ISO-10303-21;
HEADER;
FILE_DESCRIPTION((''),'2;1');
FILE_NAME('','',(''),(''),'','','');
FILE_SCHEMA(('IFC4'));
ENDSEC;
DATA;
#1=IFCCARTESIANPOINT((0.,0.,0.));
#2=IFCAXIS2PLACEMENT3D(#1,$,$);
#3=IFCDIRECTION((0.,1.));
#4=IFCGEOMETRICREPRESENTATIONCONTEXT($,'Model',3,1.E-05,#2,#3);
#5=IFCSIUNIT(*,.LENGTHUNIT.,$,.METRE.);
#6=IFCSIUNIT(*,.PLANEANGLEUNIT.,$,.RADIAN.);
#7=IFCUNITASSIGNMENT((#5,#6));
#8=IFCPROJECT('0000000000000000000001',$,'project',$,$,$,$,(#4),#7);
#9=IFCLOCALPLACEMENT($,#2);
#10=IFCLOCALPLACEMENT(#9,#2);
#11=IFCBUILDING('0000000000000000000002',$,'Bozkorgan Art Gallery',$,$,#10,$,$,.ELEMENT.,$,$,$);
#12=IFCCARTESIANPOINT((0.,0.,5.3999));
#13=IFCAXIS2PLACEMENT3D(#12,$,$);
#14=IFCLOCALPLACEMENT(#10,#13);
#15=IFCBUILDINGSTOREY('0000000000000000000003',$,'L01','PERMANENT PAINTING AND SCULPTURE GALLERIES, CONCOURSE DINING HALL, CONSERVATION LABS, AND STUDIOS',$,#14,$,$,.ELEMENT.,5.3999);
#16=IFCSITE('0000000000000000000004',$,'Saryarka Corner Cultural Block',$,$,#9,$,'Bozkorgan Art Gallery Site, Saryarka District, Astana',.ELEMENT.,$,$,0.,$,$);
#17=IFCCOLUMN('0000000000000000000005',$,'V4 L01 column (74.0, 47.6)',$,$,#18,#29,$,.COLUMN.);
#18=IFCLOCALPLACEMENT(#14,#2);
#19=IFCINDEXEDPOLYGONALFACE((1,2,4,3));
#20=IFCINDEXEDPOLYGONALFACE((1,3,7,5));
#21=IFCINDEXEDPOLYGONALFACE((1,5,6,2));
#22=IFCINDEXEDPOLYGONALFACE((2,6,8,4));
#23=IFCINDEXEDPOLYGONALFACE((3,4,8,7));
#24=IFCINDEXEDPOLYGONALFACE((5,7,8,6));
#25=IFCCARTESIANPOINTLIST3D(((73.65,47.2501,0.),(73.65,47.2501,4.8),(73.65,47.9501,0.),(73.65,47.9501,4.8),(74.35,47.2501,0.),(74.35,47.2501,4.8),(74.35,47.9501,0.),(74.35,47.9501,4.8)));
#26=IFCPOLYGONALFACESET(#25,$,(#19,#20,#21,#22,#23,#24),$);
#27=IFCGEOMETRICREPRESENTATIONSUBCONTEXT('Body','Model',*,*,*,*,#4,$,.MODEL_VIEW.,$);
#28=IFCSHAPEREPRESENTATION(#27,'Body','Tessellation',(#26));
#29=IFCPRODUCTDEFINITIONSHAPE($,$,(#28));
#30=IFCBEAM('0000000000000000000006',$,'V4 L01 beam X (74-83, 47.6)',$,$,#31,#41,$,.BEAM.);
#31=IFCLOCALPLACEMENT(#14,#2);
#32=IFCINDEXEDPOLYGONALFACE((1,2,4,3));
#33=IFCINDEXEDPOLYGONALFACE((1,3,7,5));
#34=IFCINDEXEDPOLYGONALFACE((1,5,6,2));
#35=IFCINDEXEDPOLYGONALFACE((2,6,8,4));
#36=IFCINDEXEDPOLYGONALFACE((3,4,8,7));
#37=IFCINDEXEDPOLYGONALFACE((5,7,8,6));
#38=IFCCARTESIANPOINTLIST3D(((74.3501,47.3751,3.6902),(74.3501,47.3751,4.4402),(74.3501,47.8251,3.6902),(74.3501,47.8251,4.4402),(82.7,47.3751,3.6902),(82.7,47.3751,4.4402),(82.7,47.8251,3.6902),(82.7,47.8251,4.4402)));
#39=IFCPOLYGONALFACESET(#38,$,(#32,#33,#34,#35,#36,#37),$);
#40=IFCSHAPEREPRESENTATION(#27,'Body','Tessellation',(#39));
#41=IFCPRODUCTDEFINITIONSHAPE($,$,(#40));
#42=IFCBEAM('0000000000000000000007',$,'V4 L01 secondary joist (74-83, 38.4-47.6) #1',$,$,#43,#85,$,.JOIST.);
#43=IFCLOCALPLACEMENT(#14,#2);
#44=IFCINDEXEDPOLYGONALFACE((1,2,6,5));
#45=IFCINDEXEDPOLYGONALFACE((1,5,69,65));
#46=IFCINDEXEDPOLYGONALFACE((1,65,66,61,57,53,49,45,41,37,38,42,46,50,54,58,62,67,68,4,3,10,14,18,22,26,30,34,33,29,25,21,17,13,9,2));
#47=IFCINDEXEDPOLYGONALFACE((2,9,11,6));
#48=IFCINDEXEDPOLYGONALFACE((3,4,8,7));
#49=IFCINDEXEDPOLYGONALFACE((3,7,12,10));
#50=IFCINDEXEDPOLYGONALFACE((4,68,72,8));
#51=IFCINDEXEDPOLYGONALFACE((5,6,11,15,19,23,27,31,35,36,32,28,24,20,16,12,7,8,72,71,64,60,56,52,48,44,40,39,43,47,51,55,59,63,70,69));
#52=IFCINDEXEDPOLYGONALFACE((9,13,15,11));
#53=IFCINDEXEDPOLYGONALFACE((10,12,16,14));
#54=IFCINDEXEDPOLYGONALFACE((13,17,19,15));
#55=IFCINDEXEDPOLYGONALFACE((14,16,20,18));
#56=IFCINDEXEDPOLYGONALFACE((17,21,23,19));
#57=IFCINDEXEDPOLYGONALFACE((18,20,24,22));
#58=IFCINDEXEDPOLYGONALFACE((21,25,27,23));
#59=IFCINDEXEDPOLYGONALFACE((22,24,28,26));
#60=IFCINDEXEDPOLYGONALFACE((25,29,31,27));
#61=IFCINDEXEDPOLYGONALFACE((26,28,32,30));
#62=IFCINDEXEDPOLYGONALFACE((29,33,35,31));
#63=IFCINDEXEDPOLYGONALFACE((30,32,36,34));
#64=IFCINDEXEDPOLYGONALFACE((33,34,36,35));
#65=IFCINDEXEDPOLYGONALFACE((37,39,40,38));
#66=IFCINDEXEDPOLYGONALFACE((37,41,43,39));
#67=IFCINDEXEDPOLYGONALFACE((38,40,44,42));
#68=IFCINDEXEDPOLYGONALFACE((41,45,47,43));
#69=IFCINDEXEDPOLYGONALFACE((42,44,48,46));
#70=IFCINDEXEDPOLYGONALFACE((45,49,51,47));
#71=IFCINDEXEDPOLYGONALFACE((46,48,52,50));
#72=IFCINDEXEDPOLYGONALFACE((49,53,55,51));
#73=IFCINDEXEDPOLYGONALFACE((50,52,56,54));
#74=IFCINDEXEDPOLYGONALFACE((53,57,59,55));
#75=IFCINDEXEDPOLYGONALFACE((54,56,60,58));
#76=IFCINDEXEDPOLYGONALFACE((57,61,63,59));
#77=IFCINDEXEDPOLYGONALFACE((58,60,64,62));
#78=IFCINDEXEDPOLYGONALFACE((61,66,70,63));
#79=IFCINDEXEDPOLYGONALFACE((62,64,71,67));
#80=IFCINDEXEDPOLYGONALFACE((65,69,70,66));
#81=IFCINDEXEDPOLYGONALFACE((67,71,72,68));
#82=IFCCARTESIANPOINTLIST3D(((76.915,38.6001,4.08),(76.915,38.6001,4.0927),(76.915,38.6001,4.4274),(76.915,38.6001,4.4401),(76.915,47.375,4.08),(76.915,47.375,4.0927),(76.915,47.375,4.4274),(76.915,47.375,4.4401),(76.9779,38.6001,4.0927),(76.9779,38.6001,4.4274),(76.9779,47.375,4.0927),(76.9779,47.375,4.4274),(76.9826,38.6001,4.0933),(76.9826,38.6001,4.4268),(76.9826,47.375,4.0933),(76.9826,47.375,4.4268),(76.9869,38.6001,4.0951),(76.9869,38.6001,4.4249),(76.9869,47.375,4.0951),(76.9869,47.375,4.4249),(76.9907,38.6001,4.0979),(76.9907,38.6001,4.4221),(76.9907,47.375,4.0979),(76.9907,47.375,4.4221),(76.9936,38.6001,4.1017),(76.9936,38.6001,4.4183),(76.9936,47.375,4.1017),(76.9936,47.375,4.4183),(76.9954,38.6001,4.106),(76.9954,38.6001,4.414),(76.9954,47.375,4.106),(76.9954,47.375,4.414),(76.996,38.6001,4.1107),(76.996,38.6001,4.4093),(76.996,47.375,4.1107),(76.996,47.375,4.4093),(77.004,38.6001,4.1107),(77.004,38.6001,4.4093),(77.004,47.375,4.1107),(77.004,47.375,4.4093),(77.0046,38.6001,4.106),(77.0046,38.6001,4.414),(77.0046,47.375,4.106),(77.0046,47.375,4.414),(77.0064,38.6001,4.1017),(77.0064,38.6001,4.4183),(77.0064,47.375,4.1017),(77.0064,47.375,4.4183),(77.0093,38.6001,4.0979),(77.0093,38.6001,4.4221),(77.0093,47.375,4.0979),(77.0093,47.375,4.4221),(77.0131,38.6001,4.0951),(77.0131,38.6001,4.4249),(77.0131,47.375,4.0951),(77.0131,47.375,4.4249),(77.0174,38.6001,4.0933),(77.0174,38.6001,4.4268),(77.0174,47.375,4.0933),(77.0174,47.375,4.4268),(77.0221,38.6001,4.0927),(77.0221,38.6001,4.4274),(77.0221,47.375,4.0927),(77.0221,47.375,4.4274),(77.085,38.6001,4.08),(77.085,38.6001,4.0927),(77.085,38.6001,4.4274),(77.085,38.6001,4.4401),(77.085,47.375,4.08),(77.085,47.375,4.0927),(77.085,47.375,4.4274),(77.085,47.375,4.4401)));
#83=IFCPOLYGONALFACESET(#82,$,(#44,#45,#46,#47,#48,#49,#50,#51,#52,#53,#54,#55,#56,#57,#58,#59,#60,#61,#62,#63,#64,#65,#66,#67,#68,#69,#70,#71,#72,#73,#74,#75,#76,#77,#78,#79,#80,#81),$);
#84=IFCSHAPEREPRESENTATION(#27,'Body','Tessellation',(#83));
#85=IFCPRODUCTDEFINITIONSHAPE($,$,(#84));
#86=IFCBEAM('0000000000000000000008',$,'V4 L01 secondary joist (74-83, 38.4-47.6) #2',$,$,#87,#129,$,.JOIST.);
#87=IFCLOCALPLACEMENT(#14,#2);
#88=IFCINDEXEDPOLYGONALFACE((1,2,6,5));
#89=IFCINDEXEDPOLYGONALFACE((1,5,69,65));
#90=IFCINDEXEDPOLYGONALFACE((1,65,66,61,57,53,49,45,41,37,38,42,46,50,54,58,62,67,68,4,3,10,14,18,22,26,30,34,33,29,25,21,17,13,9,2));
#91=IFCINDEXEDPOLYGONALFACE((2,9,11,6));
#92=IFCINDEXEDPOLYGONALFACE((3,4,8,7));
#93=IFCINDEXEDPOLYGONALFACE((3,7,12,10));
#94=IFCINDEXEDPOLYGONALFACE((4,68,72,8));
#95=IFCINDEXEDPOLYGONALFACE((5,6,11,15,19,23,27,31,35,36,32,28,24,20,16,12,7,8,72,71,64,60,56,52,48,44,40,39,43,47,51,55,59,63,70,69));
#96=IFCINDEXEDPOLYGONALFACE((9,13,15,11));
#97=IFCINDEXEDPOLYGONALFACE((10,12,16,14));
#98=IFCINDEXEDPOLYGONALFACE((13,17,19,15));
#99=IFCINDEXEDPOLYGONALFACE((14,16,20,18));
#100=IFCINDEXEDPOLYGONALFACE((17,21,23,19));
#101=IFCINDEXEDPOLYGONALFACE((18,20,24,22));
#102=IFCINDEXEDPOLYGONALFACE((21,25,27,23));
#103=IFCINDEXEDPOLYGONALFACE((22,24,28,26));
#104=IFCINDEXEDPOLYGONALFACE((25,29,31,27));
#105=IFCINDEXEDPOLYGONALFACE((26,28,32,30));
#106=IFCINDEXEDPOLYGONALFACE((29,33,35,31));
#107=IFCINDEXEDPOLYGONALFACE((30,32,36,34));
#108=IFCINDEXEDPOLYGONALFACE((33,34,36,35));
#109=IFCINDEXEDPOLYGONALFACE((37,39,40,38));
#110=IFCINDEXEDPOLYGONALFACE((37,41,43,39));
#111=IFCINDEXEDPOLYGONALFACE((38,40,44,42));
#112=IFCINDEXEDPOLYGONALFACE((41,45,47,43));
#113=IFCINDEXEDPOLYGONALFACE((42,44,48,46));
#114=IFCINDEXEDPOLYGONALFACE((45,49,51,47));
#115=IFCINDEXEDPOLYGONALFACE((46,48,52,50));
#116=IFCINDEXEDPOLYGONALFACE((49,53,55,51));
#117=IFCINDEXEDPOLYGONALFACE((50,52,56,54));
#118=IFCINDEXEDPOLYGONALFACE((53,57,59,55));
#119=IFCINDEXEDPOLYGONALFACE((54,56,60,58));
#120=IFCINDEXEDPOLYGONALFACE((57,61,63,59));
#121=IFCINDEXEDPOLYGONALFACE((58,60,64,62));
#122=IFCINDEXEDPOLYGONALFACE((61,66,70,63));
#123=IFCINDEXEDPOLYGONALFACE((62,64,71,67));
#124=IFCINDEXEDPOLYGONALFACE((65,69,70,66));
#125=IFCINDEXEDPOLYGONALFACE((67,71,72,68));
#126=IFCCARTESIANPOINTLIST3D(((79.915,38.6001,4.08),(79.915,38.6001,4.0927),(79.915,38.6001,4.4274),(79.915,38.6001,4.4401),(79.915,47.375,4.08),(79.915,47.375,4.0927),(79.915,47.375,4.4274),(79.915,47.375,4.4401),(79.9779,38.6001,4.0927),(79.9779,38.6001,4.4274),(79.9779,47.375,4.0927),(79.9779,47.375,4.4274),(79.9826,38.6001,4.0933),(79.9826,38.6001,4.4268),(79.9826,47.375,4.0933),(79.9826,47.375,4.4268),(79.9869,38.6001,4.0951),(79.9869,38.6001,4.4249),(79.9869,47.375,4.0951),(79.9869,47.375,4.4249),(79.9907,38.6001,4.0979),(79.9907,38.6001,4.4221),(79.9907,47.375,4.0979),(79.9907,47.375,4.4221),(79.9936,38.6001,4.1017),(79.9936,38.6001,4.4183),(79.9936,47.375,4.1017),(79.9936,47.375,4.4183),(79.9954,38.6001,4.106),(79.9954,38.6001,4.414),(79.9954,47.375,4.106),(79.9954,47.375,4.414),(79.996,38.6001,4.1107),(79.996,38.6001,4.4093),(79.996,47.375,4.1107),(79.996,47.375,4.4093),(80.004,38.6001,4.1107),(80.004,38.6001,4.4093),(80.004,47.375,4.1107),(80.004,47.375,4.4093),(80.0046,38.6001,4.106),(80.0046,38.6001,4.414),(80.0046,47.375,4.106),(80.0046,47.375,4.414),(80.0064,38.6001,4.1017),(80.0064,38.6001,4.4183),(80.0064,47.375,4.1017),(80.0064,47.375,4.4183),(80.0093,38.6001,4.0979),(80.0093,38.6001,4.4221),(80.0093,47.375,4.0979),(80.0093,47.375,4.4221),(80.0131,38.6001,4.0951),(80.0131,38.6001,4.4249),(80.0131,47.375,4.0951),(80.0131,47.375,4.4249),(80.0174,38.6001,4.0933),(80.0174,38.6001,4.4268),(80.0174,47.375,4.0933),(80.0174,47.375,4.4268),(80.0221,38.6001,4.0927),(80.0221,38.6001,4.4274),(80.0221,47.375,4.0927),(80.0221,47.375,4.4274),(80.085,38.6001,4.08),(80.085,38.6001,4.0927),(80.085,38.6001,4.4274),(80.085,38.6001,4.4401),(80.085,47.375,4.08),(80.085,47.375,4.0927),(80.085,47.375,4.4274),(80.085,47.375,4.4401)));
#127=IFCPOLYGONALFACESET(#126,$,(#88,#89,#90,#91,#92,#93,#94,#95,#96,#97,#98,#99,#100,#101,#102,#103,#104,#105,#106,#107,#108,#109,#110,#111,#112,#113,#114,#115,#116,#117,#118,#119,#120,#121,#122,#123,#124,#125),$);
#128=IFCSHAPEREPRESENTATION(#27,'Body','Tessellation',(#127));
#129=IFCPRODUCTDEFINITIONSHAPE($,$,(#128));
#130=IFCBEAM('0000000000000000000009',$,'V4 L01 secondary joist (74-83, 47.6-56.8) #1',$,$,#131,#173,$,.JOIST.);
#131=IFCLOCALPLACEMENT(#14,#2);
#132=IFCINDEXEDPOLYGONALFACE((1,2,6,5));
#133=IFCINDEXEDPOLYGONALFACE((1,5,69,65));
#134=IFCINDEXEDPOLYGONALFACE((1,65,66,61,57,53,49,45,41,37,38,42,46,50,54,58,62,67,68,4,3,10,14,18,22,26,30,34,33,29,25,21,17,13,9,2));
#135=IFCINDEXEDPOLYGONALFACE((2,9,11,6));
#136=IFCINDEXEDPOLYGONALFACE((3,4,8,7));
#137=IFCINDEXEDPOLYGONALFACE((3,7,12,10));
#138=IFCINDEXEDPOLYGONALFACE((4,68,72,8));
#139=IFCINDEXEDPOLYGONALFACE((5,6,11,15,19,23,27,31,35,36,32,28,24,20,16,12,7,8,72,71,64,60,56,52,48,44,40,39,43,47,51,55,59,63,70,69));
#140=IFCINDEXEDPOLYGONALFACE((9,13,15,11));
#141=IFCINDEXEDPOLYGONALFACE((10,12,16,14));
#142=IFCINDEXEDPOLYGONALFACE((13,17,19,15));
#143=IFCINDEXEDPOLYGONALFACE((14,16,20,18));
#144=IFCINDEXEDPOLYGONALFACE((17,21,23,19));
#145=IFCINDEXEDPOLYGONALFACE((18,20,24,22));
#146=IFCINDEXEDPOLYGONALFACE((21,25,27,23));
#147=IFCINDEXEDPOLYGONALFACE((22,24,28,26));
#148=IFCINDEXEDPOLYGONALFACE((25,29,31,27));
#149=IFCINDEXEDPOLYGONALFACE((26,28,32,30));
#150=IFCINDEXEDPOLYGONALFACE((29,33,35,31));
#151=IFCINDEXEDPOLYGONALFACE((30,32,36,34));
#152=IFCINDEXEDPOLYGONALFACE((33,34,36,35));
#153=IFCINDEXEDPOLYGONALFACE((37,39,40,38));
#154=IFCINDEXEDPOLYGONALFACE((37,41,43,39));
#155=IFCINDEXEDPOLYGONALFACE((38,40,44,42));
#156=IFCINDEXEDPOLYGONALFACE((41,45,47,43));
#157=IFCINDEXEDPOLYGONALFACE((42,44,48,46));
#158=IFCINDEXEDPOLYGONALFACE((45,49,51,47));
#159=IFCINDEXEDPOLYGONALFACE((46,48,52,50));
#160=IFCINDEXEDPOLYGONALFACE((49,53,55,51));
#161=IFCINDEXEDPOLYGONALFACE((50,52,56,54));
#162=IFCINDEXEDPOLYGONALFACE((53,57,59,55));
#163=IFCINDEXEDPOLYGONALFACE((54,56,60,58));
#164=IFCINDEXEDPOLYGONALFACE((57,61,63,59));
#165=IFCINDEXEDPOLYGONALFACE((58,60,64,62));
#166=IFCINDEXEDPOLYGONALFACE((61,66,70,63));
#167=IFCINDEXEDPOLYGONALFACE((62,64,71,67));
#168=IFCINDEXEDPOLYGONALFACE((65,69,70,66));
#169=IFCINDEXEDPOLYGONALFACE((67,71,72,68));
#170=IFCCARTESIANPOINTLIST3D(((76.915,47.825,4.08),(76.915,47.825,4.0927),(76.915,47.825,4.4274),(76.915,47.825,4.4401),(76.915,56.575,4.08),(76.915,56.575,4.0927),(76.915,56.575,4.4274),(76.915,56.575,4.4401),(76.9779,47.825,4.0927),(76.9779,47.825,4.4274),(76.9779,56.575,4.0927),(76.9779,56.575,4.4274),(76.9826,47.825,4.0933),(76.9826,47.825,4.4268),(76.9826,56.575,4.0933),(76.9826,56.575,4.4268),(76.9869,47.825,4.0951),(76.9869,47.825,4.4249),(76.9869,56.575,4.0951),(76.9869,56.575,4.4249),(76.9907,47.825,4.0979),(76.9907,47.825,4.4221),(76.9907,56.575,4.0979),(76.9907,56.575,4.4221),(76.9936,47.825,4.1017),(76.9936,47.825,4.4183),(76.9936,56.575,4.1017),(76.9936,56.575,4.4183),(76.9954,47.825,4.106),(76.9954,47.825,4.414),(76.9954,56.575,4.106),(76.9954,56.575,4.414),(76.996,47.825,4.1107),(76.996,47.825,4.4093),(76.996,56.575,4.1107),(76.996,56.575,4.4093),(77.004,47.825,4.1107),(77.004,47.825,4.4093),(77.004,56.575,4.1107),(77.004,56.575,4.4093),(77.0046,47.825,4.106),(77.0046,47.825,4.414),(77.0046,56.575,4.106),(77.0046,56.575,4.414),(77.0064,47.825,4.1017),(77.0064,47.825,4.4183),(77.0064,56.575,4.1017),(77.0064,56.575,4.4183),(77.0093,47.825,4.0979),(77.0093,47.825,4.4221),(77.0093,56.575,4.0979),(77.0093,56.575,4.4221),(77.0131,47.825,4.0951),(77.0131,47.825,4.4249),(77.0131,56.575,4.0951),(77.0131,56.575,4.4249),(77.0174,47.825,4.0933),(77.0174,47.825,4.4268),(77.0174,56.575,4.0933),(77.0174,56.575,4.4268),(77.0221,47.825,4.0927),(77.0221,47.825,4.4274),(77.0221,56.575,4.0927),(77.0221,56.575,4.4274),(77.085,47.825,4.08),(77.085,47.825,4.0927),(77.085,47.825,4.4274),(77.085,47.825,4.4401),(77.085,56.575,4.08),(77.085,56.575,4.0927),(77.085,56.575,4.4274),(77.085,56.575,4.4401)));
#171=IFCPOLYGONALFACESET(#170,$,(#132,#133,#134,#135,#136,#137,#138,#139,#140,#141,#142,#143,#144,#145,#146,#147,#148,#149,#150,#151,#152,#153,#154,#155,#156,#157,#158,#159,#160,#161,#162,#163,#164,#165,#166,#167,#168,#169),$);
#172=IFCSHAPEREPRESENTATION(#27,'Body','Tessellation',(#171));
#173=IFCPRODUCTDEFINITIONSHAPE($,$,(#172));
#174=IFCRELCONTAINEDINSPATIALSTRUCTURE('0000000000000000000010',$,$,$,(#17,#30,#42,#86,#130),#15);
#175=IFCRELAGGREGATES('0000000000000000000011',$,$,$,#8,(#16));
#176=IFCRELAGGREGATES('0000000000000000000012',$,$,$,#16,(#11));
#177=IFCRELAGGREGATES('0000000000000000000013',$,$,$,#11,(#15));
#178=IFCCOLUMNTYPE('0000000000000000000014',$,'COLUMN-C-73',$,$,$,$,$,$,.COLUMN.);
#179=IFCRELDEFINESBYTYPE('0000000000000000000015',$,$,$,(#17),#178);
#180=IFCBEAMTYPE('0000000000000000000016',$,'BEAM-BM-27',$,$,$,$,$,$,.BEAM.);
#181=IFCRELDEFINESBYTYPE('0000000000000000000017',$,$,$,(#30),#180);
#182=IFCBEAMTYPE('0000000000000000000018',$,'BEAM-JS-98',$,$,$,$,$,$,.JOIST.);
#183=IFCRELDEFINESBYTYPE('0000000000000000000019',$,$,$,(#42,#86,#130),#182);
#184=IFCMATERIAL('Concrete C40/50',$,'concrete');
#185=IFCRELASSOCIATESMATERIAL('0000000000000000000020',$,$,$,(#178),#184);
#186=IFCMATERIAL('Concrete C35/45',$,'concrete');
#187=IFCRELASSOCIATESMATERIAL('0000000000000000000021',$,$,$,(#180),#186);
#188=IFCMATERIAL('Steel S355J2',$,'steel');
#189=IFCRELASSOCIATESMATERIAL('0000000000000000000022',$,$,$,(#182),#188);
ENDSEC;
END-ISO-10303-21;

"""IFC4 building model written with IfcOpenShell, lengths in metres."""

from ifc_helpers import new_model, si_unit, direction, frame, origin, origin_2d, place, context, subcontext, project, spatial, rectangle, i_section, extrude, material, material_profile, profile_set, type_object, element, save


model = new_model("IFC4")

# Units and contexts
model_context = context("Model", 3, precision=1e-05, world=origin(), true_north=direction((0.0, 1.0)))
body_context = subcontext(model_context, "Body", "Model", "MODEL_VIEW")
ifc_project = project(units=[si_unit("LENGTHUNIT", "METRE"), si_unit("PLANEANGLEUNIT", "RADIAN")], contexts=[model_context])

# Site, building, storey
site_placement = place(None, origin())
site = spatial("IfcSite", under=ifc_project, at=site_placement, Name="Saryarka Corner Cultural Block", LongName="Bozkorgan Art Gallery Site, Saryarka District, Astana", CompositionType="ELEMENT", RefElevation=0.0)
building_placement = place(site_placement, origin())
building = spatial("IfcBuilding", under=site, at=building_placement, Name="Bozkorgan Art Gallery", CompositionType="ELEMENT")
storey_placement = place(building_placement, frame((0.0, 0.0, 5.3999)))
storey = spatial("IfcBuildingStorey", under=building, at=storey_placement, Name="L01", Description="PERMANENT PAINTING AND SCULPTURE GALLERIES, CONCOURSE DINING HALL, CONSERVATION LABS, AND STUDIOS", CompositionType="ELEMENT", Elevation=5.3999)

# Column
ifc_material_1 = material(Name="Concrete C40/50", Category="concrete")
ifc_material_profile_1 = material_profile(ifc_material_1, rectangle(XDim=0.7, YDim=0.7, at=origin_2d()), Name="RC 700x700")
ifc_profile_set_1 = profile_set([ifc_material_profile_1], Name="Concrete C40/50")
column_type = type_object("IfcColumnType", Name="COLUMN-C-73", PredefinedType="COLUMN", material=ifc_profile_set_1)
column_placement = place(storey_placement, frame((74.0, 47.6001, 0.0), z_axis=(0.0, 0.0, 1.0), x_axis=(1.0, 0.0, 0.0)))
element("IfcColumn", 1, at=column_placement, inside=storey, type_object=column_type, Name="V4 L01 column (74.0, 47.6)", PredefinedType="COLUMN", context=body_context, shape_type="SweptSolid", body=[
    extrude(rectangle(XDim=0.7, YDim=0.7, at=origin_2d()), origin(), (0.0, 0.0, 1.0), 4.8),
])

# Beams
ifc_material_2 = material(Name="Concrete C35/45", Category="concrete")
ifc_material_profile_2 = material_profile(ifc_material_2, rectangle(XDim=0.45, YDim=0.75, at=origin_2d()), Name="RC 450x750")
ifc_profile_set_2 = profile_set([ifc_material_profile_2], Name="Concrete C35/45")
beam_type_1 = type_object("IfcBeamType", Name="BEAM-BM-27", PredefinedType="BEAM", material=ifc_profile_set_2)
beam_placement = place(storey_placement, frame((74.3501, 47.6001, 4.0652), z_axis=(1.0, 0.0, 0.0), x_axis=(0.0, 1.0, 0.0)))
element("IfcBeam", 2, at=beam_placement, inside=storey, type_object=beam_type_1, Name="V4 L01 beam X (74-83, 47.6)", PredefinedType="BEAM", context=body_context, shape_type="SweptSolid", body=[
    extrude(rectangle(XDim=0.45, YDim=0.75, at=origin_2d()), origin(), (0.0, 0.0, 1.0), 8.3499),
])
ifc_material_3 = material(Name="Steel S355J2", Category="steel")
ifc_material_profile_3 = material_profile(ifc_material_3, i_section(OverallWidth=0.1699, OverallDepth=0.3601, WebThickness=0.0081, FlangeThickness=0.0127, FilletRadius=0.0181, at=origin_2d()), Name="IPE 360")
ifc_profile_set_3 = profile_set([ifc_material_profile_3], Name="Steel S355J2")
beam_type_2 = type_object("IfcBeamType", Name="BEAM-JS-98", PredefinedType="JOIST", material=ifc_profile_set_3)
for number, where, z_axis, x_axis, name in (
    (3, (77.0, 38.6001, 4.26), (0.0, 1.0, 0.0), (-1.0, 0.0, 0.0), "V4 L01 secondary joist (74-83, 38.4-47.6) #1"),
    (4, (80.0, 38.6001, 4.26), (0.0, 1.0, 0.0), (-1.0, 0.0, 0.0), "V4 L01 secondary joist (74-83, 38.4-47.6) #2"),
):
    element("IfcBeam", number, at=place(storey_placement, frame(where, z_axis=z_axis, x_axis=x_axis)), inside=storey, type_object=beam_type_2, Name=name, PredefinedType="JOIST", context=body_context, shape_type="SweptSolid", body=[
        extrude(i_section(OverallWidth=0.1699, OverallDepth=0.3601, WebThickness=0.0081, FlangeThickness=0.0127, FilletRadius=0.0181, at=origin_2d()), origin(), (0.0, 0.0, 1.0), 8.7749),
    ])
for number, where, z_axis, x_axis, name in (
    (5, (77.0, 47.825, 4.26), (0.0, 1.0, 0.0), (-1.0, 0.0, 0.0), "V4 L01 secondary joist (74-83, 47.6-56.8) #1"),
):
    element("IfcBeam", number, at=place(storey_placement, frame(where, z_axis=z_axis, x_axis=x_axis)), inside=storey, type_object=beam_type_2, Name=name, PredefinedType="JOIST", context=body_context, shape_type="SweptSolid", body=[
        extrude(i_section(OverallWidth=0.1699, OverallDepth=0.3601, WebThickness=0.0081, FlangeThickness=0.0127, FilletRadius=0.0181, at=origin_2d()), origin(), (0.0, 0.0, 1.0), 8.75),
    ])

save(model, "model.ifc")
